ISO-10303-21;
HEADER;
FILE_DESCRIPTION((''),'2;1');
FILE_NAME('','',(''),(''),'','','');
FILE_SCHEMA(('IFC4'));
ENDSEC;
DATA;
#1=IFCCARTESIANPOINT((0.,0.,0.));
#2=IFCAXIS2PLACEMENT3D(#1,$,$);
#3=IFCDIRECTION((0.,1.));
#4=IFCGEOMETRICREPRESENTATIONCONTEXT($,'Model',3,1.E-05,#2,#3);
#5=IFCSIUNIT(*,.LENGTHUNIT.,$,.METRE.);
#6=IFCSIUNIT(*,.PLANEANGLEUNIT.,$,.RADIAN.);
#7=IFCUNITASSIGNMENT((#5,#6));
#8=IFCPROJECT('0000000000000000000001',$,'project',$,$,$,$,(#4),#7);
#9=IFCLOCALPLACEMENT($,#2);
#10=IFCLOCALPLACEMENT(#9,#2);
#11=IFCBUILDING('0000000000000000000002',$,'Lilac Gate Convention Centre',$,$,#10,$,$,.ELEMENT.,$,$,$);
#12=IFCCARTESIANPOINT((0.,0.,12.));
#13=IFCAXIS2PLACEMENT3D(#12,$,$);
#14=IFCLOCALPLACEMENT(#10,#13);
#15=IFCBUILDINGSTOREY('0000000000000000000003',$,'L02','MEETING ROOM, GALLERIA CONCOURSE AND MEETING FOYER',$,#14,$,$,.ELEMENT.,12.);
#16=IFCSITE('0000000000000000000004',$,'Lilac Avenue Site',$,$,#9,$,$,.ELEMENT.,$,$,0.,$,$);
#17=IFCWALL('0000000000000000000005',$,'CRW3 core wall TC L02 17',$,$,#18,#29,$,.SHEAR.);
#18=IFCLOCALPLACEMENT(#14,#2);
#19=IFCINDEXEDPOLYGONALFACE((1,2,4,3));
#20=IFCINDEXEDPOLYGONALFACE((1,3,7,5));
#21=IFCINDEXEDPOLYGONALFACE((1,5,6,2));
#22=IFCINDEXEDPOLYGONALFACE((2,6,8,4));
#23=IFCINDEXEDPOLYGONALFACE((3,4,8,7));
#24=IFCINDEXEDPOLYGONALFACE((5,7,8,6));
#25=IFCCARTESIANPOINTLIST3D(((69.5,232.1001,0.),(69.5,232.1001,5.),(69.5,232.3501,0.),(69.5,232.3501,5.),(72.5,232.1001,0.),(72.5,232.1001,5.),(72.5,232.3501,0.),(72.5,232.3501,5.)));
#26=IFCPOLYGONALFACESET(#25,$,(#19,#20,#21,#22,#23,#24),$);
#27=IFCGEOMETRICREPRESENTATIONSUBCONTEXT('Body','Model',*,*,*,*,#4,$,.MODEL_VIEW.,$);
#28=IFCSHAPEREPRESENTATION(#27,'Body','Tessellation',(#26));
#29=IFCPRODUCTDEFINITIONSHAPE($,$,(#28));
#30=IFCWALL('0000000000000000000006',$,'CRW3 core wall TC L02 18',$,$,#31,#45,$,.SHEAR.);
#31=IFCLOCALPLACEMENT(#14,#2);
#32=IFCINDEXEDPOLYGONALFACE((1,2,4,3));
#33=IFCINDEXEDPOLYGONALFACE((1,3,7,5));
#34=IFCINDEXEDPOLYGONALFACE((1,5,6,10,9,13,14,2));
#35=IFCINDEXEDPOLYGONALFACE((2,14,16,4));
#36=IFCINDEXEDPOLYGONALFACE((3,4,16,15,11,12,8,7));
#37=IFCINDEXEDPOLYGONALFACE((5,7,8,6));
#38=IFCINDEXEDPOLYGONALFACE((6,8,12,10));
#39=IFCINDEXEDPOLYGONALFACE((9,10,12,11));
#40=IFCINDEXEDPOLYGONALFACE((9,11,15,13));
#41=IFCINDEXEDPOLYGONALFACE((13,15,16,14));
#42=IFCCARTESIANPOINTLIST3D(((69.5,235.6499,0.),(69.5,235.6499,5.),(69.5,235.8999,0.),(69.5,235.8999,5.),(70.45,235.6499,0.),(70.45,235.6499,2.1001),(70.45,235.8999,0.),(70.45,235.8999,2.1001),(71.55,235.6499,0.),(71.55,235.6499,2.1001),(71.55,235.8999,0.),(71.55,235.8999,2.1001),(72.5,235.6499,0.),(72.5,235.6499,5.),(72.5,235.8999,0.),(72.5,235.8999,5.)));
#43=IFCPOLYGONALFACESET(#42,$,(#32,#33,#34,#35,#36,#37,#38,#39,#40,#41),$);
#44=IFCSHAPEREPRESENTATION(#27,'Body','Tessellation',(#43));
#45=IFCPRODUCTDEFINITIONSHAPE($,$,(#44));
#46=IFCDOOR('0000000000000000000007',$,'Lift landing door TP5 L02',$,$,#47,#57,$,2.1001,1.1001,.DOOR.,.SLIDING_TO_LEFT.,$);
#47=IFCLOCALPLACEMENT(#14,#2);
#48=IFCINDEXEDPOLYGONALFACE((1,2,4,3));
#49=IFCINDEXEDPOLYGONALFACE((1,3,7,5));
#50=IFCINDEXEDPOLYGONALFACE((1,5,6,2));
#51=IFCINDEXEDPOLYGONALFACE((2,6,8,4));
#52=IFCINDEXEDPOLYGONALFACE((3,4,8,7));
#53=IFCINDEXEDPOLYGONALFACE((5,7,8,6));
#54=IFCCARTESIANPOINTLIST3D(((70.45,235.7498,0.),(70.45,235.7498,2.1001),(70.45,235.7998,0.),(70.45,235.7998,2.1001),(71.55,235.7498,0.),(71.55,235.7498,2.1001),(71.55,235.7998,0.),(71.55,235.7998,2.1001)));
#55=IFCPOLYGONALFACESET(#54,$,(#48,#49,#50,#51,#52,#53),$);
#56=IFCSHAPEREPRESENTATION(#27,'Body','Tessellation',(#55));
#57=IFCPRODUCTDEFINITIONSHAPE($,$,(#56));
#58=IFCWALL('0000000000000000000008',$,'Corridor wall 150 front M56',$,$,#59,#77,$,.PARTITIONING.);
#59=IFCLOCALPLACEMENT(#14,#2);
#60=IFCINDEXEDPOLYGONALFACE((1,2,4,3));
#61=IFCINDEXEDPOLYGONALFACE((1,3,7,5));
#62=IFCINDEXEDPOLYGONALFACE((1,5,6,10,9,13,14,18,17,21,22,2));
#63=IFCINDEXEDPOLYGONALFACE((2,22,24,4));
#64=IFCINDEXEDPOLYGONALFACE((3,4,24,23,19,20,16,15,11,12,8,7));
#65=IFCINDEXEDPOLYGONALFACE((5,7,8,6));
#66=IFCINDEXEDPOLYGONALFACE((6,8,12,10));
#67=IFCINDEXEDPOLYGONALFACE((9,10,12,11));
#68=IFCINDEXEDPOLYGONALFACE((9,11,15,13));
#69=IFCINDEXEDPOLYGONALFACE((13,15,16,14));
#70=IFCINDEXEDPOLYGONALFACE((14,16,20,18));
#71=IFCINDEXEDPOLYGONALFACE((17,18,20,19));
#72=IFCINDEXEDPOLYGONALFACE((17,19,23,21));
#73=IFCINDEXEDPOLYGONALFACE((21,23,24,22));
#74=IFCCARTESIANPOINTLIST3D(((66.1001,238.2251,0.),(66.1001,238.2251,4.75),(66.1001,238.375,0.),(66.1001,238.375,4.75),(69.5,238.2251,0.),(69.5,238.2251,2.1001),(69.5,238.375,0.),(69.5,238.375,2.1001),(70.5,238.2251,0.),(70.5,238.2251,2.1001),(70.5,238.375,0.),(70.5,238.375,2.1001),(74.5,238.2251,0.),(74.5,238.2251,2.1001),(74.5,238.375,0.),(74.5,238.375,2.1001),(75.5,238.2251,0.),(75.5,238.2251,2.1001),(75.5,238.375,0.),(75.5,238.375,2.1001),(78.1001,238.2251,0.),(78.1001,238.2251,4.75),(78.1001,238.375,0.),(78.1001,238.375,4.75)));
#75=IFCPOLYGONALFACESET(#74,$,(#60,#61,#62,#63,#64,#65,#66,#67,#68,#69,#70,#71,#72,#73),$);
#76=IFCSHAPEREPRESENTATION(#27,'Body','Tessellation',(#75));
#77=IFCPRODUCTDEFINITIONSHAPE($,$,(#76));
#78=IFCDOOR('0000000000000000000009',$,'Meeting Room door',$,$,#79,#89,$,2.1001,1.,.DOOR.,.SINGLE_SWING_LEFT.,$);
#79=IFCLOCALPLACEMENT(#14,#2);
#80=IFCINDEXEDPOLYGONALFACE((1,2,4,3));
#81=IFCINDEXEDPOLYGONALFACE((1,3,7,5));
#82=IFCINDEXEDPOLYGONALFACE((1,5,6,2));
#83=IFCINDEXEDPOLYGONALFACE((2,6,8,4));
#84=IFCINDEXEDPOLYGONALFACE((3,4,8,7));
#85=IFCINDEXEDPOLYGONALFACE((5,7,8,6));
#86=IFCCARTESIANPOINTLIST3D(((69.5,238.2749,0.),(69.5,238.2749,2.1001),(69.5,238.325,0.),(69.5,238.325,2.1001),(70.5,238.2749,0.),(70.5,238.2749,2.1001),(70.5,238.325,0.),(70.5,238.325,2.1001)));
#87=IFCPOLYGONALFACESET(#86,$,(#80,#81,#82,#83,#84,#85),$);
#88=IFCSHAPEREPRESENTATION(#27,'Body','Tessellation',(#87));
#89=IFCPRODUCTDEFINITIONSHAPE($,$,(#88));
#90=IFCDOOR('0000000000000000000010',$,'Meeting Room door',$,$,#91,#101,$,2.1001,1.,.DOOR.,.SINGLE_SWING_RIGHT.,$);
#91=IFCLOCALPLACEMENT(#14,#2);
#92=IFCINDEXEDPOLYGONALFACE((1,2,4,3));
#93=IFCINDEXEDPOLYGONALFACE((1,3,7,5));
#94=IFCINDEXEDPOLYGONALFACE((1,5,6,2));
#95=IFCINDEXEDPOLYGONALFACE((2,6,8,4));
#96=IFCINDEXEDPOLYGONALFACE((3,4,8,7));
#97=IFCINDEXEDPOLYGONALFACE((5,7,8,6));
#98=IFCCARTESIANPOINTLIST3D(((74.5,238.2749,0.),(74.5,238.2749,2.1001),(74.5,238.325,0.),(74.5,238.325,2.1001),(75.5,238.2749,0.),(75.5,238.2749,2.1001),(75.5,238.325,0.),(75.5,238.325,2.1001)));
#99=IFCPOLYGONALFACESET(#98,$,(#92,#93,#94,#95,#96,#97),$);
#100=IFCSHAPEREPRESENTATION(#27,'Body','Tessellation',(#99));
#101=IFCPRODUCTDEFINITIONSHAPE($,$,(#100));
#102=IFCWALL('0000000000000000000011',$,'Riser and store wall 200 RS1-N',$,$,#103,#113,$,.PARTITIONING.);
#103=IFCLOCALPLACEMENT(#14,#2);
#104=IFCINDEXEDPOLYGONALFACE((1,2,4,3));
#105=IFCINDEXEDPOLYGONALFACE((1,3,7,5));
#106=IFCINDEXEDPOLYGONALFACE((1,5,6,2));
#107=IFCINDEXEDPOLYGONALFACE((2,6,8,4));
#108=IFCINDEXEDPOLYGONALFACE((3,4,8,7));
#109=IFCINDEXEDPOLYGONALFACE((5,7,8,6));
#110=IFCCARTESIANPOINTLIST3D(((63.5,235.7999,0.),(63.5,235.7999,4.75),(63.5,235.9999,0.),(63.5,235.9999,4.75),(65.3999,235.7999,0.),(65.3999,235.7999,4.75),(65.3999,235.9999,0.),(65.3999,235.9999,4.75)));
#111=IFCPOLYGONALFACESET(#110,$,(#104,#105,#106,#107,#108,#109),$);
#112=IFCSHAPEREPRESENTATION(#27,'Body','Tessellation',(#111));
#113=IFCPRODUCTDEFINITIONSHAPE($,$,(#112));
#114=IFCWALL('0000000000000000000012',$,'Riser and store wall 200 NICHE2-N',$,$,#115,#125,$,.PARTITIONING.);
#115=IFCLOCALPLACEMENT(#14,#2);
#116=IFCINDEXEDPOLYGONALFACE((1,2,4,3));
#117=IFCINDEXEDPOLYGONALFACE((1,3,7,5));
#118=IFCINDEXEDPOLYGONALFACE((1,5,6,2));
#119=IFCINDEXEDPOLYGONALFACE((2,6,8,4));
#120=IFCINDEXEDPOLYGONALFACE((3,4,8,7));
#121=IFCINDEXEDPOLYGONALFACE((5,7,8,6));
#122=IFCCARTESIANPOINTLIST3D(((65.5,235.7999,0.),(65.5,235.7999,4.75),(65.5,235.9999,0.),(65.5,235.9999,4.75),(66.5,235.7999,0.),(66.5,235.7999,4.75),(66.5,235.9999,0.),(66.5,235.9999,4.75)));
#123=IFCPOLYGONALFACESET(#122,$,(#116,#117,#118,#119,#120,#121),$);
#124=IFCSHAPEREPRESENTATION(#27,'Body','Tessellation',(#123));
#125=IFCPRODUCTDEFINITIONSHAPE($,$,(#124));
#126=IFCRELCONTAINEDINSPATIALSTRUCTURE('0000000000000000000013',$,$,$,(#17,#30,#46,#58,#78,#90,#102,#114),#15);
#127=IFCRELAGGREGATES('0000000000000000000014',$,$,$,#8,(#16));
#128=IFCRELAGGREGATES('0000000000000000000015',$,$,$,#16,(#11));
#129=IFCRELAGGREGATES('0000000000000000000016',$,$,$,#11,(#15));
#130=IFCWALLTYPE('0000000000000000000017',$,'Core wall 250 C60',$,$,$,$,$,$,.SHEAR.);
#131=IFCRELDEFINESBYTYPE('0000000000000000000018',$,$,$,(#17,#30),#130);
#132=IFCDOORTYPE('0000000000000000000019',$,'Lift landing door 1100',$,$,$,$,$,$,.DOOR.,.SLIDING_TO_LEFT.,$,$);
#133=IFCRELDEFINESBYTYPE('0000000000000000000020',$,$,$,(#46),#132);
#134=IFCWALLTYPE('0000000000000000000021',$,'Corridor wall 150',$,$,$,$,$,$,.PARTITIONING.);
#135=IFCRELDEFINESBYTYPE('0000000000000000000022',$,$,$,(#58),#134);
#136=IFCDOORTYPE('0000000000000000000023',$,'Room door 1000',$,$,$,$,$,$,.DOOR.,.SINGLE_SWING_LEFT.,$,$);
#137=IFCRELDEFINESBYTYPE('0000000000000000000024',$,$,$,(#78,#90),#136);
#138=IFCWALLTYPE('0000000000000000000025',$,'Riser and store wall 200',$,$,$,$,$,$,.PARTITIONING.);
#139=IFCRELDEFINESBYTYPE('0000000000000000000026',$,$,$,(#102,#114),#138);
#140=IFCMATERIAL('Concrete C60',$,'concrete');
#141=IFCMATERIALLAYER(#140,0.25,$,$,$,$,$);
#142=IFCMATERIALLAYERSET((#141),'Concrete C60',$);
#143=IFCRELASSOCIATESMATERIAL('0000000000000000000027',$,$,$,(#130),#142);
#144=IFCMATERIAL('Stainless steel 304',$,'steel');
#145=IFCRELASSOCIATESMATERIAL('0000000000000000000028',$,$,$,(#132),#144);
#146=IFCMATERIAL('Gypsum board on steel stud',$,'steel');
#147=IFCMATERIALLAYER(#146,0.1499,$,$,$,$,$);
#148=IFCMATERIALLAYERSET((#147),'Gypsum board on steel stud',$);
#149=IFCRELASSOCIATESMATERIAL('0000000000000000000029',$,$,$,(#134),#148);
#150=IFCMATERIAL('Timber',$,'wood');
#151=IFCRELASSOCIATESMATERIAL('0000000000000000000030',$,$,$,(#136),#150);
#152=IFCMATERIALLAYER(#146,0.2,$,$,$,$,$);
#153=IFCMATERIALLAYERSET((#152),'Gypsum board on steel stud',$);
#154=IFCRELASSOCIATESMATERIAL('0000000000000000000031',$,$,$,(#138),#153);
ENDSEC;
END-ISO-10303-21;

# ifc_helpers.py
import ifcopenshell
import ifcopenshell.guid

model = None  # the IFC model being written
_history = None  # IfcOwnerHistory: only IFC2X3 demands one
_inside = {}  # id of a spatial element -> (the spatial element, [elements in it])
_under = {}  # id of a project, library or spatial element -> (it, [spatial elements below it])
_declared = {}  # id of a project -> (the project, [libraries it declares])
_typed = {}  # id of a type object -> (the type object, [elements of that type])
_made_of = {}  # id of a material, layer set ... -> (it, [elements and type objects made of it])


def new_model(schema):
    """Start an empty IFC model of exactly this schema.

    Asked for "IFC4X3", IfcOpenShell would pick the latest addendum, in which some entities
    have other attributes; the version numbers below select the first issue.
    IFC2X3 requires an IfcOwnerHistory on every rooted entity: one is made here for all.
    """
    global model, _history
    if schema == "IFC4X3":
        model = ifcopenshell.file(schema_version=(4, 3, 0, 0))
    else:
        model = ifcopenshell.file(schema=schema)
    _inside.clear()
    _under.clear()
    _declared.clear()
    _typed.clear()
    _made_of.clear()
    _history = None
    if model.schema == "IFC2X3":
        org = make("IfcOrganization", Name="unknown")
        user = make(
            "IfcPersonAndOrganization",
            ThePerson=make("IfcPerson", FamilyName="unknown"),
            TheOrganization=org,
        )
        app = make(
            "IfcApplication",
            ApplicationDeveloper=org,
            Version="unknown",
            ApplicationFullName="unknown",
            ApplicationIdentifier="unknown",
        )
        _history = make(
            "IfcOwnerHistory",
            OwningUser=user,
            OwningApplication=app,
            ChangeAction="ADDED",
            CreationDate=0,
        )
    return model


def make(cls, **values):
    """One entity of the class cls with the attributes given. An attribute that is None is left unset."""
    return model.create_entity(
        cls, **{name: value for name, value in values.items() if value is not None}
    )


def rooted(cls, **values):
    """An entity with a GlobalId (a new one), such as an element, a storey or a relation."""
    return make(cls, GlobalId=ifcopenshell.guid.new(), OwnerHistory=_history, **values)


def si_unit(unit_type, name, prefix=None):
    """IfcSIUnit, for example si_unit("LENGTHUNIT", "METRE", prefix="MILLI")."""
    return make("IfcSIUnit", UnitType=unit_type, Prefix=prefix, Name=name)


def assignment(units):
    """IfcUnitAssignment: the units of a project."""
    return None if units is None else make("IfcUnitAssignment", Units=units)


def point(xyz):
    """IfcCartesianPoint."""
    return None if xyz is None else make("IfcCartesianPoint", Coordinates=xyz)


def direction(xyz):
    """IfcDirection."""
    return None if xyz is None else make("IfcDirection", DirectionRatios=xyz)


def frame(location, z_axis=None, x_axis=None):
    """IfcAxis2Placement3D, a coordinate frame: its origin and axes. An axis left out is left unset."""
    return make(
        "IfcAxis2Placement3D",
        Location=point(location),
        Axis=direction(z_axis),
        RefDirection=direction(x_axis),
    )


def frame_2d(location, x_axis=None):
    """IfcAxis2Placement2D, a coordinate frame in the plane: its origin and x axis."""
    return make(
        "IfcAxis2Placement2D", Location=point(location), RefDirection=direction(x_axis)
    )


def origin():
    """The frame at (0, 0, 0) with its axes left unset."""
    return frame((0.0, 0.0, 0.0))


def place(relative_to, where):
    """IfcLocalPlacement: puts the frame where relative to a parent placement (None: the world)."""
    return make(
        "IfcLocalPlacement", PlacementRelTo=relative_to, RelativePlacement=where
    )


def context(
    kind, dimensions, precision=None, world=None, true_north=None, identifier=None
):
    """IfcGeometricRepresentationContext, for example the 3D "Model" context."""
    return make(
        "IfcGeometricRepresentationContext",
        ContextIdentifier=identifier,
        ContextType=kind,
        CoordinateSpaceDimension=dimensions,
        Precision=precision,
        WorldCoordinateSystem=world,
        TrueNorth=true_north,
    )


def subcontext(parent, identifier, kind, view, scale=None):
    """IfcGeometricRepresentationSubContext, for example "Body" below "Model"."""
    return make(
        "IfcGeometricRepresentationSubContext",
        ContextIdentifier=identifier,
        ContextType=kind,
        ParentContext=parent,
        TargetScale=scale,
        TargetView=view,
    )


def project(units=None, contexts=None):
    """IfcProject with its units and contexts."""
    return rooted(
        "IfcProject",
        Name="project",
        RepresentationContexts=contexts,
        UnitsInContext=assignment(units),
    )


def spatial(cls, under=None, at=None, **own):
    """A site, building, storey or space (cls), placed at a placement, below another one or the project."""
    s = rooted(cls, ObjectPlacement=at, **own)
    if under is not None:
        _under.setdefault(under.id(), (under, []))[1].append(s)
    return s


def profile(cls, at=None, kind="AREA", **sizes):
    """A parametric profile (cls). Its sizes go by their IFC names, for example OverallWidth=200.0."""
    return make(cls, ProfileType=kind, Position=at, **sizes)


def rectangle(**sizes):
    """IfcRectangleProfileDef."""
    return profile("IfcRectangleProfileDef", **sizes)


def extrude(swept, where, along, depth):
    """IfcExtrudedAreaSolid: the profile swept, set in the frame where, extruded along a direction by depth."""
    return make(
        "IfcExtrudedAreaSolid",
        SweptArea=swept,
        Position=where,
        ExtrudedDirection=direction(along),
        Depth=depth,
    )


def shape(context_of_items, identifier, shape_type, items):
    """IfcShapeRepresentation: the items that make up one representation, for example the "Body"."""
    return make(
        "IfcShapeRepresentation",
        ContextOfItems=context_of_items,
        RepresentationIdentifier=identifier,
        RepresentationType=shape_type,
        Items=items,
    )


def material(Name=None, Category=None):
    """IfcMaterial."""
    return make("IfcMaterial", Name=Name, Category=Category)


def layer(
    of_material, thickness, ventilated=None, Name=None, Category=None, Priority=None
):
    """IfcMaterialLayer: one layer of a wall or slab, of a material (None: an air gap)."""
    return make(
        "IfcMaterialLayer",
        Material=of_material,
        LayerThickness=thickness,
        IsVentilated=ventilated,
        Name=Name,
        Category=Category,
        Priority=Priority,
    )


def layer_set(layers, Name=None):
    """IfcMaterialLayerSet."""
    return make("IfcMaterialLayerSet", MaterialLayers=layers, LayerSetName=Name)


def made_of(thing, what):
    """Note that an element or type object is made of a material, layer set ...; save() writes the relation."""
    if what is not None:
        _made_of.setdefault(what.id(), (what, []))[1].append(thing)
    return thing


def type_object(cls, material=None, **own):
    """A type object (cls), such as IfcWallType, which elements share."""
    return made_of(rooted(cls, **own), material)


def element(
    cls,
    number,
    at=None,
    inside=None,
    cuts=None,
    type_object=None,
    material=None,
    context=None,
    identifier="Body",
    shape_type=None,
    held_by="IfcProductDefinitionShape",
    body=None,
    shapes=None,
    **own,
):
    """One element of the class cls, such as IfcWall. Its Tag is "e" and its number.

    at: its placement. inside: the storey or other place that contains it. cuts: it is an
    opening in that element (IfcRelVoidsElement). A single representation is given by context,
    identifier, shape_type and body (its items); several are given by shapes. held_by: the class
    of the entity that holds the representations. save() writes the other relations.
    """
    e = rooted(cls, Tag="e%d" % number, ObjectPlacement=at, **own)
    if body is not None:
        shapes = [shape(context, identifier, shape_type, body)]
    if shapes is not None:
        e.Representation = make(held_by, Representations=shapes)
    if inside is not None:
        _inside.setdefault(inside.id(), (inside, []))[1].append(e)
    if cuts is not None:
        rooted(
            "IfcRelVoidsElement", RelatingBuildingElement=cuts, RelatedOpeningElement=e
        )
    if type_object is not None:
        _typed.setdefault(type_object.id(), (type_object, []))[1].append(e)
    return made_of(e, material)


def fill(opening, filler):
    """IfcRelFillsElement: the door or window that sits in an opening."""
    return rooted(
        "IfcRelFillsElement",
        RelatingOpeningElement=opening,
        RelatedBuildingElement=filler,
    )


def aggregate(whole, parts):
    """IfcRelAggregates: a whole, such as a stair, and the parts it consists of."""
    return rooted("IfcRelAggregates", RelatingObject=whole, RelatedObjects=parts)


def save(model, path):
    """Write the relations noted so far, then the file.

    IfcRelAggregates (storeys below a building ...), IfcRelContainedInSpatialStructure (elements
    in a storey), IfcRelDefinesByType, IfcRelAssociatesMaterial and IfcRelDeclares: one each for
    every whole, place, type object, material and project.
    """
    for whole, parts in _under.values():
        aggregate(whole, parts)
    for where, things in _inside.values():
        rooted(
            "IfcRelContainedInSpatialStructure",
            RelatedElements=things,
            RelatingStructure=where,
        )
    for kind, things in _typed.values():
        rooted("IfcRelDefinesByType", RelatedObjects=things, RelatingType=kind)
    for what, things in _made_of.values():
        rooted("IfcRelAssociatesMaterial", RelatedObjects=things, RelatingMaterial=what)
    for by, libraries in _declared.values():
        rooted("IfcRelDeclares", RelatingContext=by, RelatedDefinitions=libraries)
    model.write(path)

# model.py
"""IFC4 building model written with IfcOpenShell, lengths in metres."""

from ifc_helpers import new_model, si_unit, direction, frame, frame_2d, origin, place, context, subcontext, project, spatial, rectangle, extrude, material, layer, layer_set, type_object, element, fill, save


model = new_model("IFC4")

# Units and contexts
model_context = context("Model", 3, precision=1e-05, world=origin(), true_north=direction((0.0, 1.0)))
body_context = subcontext(model_context, "Body", "Model", "MODEL_VIEW")
ifc_project = project(units=[si_unit("LENGTHUNIT", "METRE"), si_unit("PLANEANGLEUNIT", "RADIAN")], contexts=[model_context])

# Site, building, storey
site_placement = place(None, origin())
site = spatial("IfcSite", under=ifc_project, at=site_placement, Name="Lilac Avenue Site", CompositionType="ELEMENT", RefElevation=0.0)
building_placement = place(site_placement, origin())
building = spatial("IfcBuilding", under=site, at=building_placement, Name="Lilac Gate Convention Centre", CompositionType="ELEMENT")
storey_placement = place(building_placement, frame((0.0, 0.0, 12.0)))
storey = spatial("IfcBuildingStorey", under=building, at=storey_placement, Name="L02", Description="MEETING ROOM, GALLERIA CONCOURSE AND MEETING FOYER", CompositionType="ELEMENT", Elevation=12.0)

# Shared definitions
ifc_material_1 = material(Name="Concrete C60", Category="concrete")
ifc_layer_1 = layer(ifc_material_1, 0.25)
ifc_layer_set_1 = layer_set([ifc_layer_1], Name="Concrete C60")
wall_type_1 = type_object("IfcWallType", Name="Core wall 250 C60", PredefinedType="SHEAR", material=ifc_layer_set_1)

# Shared definitions
ifc_material_2 = material(Name="Stainless steel 304", Category="steel")
door_type_1 = type_object("IfcDoorType", Name="Lift landing door 1100", OperationType="SLIDING_TO_LEFT", PredefinedType="DOOR", material=ifc_material_2)

# Wall
wall_1_placement = place(storey_placement, frame((69.5, 232.2251, 0.0), z_axis=(0.0, 0.0, 1.0), x_axis=(1.0, 0.0, 0.0)))
element("IfcWall", 1, at=wall_1_placement, inside=storey, type_object=wall_type_1, Name="CRW3 core wall TC L02 17", PredefinedType="SHEAR", context=body_context, shape_type="SweptSolid", body=[
    extrude(rectangle(XDim=3.0, YDim=0.25, at=frame_2d((1.5, 0.0))), origin(), (0.0, 0.0, 1.0), 5.0),
])

# Wall, opening, door
wall_2_placement = place(storey_placement, frame((69.5, 235.7749, 0.0), z_axis=(0.0, 0.0, 1.0), x_axis=(1.0, 0.0, 0.0)))
wall_2 = element("IfcWall", 2, at=wall_2_placement, inside=storey, type_object=wall_type_1, Name="CRW3 core wall TC L02 18", PredefinedType="SHEAR", context=body_context, shape_type="SweptSolid", body=[
    extrude(rectangle(XDim=3.0, YDim=0.25, at=frame_2d((1.5, 0.0))), origin(), (0.0, 0.0, 1.0), 5.0),
])
opening_1_placement = place(wall_2_placement, frame((0.95, 0.0, 0.0)))
opening_1 = element("IfcOpeningElement", 3, at=opening_1_placement, cuts=wall_2, PredefinedType="OPENING", context=body_context, shape_type="SweptSolid", body=[
    extrude(rectangle(XDim=1.1001, YDim=2.1001, at=frame_2d((0.55, 1.05))), frame((0.0, 0.135, 0.0), z_axis=(0.0, -1.0, 0.0), x_axis=(1.0, 0.0, 0.0)), (0.0, 0.0, 1.0), 0.27),
])
door_1_placement = place(opening_1_placement, origin())
door_1 = element("IfcDoor", 4, at=door_1_placement, inside=storey, type_object=door_type_1, Name="Lift landing door TP5 L02", OperationType="SLIDING_TO_LEFT", OverallHeight=2.1001, OverallWidth=1.1001, PredefinedType="DOOR", context=body_context, shape_type="SweptSolid", body=[
    extrude(rectangle(XDim=1.1001, YDim=2.1001, at=frame_2d((0.55, 1.05))), frame((0.0, 0.0249, 0.0), z_axis=(0.0, -1.0, 0.0), x_axis=(1.0, 0.0, 0.0)), (0.0, 0.0, 1.0), 0.05),
])
fill(opening_1, door_1)

# Wall, openings, doors
ifc_material_3 = material(Name="Gypsum board on steel stud", Category="steel")
ifc_layer_2 = layer(ifc_material_3, 0.1499)
ifc_layer_set_2 = layer_set([ifc_layer_2], Name="Gypsum board on steel stud")
wall_type_2 = type_object("IfcWallType", Name="Corridor wall 150", PredefinedType="PARTITIONING", material=ifc_layer_set_2)
wall_3_placement = place(storey_placement, frame((66.1001, 238.3, 0.0), z_axis=(0.0, 0.0, 1.0), x_axis=(1.0, 0.0, 0.0)))
wall_3 = element("IfcWall", 5, at=wall_3_placement, inside=storey, type_object=wall_type_2, Name="Corridor wall 150 front M56", PredefinedType="PARTITIONING", context=body_context, shape_type="SweptSolid", body=[
    extrude(rectangle(XDim=12.0, YDim=0.1499, at=frame_2d((6.0, 0.0))), origin(), (0.0, 0.0, 1.0), 4.75),
])
opening_2_placement = place(wall_3_placement, frame((3.3999, 0.0, 0.0)))
opening_2 = element("IfcOpeningElement", 6, at=opening_2_placement, cuts=wall_3, PredefinedType="OPENING", context=body_context, shape_type="SweptSolid", body=[
    extrude(rectangle(XDim=1.0, YDim=2.1001, at=frame_2d((0.5, 1.05))), frame((0.0, 0.085, 0.0), z_axis=(0.0, -1.0, 0.0), x_axis=(1.0, 0.0, 0.0)), (0.0, 0.0, 1.0), 0.1699),
])
opening_3_placement = place(wall_3_placement, frame((8.3999, 0.0, 0.0)))
opening_3 = element("IfcOpeningElement", 7, at=opening_3_placement, cuts=wall_3, PredefinedType="OPENING", context=body_context, shape_type="SweptSolid", body=[
    extrude(rectangle(XDim=1.0, YDim=2.1001, at=frame_2d((0.5, 1.05))), frame((0.0, 0.085, 0.0), z_axis=(0.0, -1.0, 0.0), x_axis=(1.0, 0.0, 0.0)), (0.0, 0.0, 1.0), 0.1699),
])
ifc_material_4 = material(Name="Timber", Category="wood")
door_type_2 = type_object("IfcDoorType", Name="Room door 1000", OperationType="SINGLE_SWING_LEFT", PredefinedType="DOOR", material=ifc_material_4)
door_2_placement = place(opening_2_placement, origin())
door_2 = element("IfcDoor", 8, at=door_2_placement, inside=storey, type_object=door_type_2, Name="Meeting Room door", OperationType="SINGLE_SWING_LEFT", OverallHeight=2.1001, OverallWidth=1.0, PredefinedType="DOOR", context=body_context, shape_type="SweptSolid", body=[
    extrude(rectangle(XDim=1.0, YDim=2.1001, at=frame_2d((0.5, 1.05))), frame((0.0, 0.0249, 0.0), z_axis=(0.0, -1.0, 0.0), x_axis=(1.0, 0.0, 0.0)), (0.0, 0.0, 1.0), 0.05),
])
fill(opening_2, door_2)
door_3_placement = place(opening_3_placement, origin())
door_3 = element("IfcDoor", 9, at=door_3_placement, inside=storey, type_object=door_type_2, Name="Meeting Room door", OperationType="SINGLE_SWING_RIGHT", OverallHeight=2.1001, OverallWidth=1.0, PredefinedType="DOOR", context=body_context, shape_type="SweptSolid", body=[
    extrude(rectangle(XDim=1.0, YDim=2.1001, at=frame_2d((0.5, 1.05))), frame((0.0, 0.0249, 0.0), z_axis=(0.0, -1.0, 0.0), x_axis=(1.0, 0.0, 0.0)), (0.0, 0.0, 1.0), 0.05),
])
fill(opening_3, door_3)

# Walls
ifc_layer_3 = layer(ifc_material_3, 0.2)
ifc_layer_set_3 = layer_set([ifc_layer_3], Name="Gypsum board on steel stud")
wall_type_3 = type_object("IfcWallType", Name="Riser and store wall 200", PredefinedType="PARTITIONING", material=ifc_layer_set_3)
wall_4_placement = place(storey_placement, frame((63.5, 235.8999, 0.0), z_axis=(0.0, 0.0, 1.0), x_axis=(1.0, 0.0, 0.0)))
element("IfcWall", 10, at=wall_4_placement, inside=storey, type_object=wall_type_3, Name="Riser and store wall 200 RS1-N", PredefinedType="PARTITIONING", context=body_context, shape_type="SweptSolid", body=[
    extrude(rectangle(XDim=1.8999, YDim=0.2, at=frame_2d((0.95, 0.0))), origin(), (0.0, 0.0, 1.0), 4.75),
])
wall_5_placement = place(storey_placement, frame((65.5, 235.8999, 0.0), z_axis=(0.0, 0.0, 1.0), x_axis=(1.0, 0.0, 0.0)))
element("IfcWall", 11, at=wall_5_placement, inside=storey, type_object=wall_type_3, Name="Riser and store wall 200 NICHE2-N", PredefinedType="PARTITIONING", context=body_context, shape_type="SweptSolid", body=[
    extrude(rectangle(XDim=1.0, YDim=0.2, at=frame_2d((0.5, 0.0))), origin(), (0.0, 0.0, 1.0), 4.75),
])

save(model, "model.ifc")
